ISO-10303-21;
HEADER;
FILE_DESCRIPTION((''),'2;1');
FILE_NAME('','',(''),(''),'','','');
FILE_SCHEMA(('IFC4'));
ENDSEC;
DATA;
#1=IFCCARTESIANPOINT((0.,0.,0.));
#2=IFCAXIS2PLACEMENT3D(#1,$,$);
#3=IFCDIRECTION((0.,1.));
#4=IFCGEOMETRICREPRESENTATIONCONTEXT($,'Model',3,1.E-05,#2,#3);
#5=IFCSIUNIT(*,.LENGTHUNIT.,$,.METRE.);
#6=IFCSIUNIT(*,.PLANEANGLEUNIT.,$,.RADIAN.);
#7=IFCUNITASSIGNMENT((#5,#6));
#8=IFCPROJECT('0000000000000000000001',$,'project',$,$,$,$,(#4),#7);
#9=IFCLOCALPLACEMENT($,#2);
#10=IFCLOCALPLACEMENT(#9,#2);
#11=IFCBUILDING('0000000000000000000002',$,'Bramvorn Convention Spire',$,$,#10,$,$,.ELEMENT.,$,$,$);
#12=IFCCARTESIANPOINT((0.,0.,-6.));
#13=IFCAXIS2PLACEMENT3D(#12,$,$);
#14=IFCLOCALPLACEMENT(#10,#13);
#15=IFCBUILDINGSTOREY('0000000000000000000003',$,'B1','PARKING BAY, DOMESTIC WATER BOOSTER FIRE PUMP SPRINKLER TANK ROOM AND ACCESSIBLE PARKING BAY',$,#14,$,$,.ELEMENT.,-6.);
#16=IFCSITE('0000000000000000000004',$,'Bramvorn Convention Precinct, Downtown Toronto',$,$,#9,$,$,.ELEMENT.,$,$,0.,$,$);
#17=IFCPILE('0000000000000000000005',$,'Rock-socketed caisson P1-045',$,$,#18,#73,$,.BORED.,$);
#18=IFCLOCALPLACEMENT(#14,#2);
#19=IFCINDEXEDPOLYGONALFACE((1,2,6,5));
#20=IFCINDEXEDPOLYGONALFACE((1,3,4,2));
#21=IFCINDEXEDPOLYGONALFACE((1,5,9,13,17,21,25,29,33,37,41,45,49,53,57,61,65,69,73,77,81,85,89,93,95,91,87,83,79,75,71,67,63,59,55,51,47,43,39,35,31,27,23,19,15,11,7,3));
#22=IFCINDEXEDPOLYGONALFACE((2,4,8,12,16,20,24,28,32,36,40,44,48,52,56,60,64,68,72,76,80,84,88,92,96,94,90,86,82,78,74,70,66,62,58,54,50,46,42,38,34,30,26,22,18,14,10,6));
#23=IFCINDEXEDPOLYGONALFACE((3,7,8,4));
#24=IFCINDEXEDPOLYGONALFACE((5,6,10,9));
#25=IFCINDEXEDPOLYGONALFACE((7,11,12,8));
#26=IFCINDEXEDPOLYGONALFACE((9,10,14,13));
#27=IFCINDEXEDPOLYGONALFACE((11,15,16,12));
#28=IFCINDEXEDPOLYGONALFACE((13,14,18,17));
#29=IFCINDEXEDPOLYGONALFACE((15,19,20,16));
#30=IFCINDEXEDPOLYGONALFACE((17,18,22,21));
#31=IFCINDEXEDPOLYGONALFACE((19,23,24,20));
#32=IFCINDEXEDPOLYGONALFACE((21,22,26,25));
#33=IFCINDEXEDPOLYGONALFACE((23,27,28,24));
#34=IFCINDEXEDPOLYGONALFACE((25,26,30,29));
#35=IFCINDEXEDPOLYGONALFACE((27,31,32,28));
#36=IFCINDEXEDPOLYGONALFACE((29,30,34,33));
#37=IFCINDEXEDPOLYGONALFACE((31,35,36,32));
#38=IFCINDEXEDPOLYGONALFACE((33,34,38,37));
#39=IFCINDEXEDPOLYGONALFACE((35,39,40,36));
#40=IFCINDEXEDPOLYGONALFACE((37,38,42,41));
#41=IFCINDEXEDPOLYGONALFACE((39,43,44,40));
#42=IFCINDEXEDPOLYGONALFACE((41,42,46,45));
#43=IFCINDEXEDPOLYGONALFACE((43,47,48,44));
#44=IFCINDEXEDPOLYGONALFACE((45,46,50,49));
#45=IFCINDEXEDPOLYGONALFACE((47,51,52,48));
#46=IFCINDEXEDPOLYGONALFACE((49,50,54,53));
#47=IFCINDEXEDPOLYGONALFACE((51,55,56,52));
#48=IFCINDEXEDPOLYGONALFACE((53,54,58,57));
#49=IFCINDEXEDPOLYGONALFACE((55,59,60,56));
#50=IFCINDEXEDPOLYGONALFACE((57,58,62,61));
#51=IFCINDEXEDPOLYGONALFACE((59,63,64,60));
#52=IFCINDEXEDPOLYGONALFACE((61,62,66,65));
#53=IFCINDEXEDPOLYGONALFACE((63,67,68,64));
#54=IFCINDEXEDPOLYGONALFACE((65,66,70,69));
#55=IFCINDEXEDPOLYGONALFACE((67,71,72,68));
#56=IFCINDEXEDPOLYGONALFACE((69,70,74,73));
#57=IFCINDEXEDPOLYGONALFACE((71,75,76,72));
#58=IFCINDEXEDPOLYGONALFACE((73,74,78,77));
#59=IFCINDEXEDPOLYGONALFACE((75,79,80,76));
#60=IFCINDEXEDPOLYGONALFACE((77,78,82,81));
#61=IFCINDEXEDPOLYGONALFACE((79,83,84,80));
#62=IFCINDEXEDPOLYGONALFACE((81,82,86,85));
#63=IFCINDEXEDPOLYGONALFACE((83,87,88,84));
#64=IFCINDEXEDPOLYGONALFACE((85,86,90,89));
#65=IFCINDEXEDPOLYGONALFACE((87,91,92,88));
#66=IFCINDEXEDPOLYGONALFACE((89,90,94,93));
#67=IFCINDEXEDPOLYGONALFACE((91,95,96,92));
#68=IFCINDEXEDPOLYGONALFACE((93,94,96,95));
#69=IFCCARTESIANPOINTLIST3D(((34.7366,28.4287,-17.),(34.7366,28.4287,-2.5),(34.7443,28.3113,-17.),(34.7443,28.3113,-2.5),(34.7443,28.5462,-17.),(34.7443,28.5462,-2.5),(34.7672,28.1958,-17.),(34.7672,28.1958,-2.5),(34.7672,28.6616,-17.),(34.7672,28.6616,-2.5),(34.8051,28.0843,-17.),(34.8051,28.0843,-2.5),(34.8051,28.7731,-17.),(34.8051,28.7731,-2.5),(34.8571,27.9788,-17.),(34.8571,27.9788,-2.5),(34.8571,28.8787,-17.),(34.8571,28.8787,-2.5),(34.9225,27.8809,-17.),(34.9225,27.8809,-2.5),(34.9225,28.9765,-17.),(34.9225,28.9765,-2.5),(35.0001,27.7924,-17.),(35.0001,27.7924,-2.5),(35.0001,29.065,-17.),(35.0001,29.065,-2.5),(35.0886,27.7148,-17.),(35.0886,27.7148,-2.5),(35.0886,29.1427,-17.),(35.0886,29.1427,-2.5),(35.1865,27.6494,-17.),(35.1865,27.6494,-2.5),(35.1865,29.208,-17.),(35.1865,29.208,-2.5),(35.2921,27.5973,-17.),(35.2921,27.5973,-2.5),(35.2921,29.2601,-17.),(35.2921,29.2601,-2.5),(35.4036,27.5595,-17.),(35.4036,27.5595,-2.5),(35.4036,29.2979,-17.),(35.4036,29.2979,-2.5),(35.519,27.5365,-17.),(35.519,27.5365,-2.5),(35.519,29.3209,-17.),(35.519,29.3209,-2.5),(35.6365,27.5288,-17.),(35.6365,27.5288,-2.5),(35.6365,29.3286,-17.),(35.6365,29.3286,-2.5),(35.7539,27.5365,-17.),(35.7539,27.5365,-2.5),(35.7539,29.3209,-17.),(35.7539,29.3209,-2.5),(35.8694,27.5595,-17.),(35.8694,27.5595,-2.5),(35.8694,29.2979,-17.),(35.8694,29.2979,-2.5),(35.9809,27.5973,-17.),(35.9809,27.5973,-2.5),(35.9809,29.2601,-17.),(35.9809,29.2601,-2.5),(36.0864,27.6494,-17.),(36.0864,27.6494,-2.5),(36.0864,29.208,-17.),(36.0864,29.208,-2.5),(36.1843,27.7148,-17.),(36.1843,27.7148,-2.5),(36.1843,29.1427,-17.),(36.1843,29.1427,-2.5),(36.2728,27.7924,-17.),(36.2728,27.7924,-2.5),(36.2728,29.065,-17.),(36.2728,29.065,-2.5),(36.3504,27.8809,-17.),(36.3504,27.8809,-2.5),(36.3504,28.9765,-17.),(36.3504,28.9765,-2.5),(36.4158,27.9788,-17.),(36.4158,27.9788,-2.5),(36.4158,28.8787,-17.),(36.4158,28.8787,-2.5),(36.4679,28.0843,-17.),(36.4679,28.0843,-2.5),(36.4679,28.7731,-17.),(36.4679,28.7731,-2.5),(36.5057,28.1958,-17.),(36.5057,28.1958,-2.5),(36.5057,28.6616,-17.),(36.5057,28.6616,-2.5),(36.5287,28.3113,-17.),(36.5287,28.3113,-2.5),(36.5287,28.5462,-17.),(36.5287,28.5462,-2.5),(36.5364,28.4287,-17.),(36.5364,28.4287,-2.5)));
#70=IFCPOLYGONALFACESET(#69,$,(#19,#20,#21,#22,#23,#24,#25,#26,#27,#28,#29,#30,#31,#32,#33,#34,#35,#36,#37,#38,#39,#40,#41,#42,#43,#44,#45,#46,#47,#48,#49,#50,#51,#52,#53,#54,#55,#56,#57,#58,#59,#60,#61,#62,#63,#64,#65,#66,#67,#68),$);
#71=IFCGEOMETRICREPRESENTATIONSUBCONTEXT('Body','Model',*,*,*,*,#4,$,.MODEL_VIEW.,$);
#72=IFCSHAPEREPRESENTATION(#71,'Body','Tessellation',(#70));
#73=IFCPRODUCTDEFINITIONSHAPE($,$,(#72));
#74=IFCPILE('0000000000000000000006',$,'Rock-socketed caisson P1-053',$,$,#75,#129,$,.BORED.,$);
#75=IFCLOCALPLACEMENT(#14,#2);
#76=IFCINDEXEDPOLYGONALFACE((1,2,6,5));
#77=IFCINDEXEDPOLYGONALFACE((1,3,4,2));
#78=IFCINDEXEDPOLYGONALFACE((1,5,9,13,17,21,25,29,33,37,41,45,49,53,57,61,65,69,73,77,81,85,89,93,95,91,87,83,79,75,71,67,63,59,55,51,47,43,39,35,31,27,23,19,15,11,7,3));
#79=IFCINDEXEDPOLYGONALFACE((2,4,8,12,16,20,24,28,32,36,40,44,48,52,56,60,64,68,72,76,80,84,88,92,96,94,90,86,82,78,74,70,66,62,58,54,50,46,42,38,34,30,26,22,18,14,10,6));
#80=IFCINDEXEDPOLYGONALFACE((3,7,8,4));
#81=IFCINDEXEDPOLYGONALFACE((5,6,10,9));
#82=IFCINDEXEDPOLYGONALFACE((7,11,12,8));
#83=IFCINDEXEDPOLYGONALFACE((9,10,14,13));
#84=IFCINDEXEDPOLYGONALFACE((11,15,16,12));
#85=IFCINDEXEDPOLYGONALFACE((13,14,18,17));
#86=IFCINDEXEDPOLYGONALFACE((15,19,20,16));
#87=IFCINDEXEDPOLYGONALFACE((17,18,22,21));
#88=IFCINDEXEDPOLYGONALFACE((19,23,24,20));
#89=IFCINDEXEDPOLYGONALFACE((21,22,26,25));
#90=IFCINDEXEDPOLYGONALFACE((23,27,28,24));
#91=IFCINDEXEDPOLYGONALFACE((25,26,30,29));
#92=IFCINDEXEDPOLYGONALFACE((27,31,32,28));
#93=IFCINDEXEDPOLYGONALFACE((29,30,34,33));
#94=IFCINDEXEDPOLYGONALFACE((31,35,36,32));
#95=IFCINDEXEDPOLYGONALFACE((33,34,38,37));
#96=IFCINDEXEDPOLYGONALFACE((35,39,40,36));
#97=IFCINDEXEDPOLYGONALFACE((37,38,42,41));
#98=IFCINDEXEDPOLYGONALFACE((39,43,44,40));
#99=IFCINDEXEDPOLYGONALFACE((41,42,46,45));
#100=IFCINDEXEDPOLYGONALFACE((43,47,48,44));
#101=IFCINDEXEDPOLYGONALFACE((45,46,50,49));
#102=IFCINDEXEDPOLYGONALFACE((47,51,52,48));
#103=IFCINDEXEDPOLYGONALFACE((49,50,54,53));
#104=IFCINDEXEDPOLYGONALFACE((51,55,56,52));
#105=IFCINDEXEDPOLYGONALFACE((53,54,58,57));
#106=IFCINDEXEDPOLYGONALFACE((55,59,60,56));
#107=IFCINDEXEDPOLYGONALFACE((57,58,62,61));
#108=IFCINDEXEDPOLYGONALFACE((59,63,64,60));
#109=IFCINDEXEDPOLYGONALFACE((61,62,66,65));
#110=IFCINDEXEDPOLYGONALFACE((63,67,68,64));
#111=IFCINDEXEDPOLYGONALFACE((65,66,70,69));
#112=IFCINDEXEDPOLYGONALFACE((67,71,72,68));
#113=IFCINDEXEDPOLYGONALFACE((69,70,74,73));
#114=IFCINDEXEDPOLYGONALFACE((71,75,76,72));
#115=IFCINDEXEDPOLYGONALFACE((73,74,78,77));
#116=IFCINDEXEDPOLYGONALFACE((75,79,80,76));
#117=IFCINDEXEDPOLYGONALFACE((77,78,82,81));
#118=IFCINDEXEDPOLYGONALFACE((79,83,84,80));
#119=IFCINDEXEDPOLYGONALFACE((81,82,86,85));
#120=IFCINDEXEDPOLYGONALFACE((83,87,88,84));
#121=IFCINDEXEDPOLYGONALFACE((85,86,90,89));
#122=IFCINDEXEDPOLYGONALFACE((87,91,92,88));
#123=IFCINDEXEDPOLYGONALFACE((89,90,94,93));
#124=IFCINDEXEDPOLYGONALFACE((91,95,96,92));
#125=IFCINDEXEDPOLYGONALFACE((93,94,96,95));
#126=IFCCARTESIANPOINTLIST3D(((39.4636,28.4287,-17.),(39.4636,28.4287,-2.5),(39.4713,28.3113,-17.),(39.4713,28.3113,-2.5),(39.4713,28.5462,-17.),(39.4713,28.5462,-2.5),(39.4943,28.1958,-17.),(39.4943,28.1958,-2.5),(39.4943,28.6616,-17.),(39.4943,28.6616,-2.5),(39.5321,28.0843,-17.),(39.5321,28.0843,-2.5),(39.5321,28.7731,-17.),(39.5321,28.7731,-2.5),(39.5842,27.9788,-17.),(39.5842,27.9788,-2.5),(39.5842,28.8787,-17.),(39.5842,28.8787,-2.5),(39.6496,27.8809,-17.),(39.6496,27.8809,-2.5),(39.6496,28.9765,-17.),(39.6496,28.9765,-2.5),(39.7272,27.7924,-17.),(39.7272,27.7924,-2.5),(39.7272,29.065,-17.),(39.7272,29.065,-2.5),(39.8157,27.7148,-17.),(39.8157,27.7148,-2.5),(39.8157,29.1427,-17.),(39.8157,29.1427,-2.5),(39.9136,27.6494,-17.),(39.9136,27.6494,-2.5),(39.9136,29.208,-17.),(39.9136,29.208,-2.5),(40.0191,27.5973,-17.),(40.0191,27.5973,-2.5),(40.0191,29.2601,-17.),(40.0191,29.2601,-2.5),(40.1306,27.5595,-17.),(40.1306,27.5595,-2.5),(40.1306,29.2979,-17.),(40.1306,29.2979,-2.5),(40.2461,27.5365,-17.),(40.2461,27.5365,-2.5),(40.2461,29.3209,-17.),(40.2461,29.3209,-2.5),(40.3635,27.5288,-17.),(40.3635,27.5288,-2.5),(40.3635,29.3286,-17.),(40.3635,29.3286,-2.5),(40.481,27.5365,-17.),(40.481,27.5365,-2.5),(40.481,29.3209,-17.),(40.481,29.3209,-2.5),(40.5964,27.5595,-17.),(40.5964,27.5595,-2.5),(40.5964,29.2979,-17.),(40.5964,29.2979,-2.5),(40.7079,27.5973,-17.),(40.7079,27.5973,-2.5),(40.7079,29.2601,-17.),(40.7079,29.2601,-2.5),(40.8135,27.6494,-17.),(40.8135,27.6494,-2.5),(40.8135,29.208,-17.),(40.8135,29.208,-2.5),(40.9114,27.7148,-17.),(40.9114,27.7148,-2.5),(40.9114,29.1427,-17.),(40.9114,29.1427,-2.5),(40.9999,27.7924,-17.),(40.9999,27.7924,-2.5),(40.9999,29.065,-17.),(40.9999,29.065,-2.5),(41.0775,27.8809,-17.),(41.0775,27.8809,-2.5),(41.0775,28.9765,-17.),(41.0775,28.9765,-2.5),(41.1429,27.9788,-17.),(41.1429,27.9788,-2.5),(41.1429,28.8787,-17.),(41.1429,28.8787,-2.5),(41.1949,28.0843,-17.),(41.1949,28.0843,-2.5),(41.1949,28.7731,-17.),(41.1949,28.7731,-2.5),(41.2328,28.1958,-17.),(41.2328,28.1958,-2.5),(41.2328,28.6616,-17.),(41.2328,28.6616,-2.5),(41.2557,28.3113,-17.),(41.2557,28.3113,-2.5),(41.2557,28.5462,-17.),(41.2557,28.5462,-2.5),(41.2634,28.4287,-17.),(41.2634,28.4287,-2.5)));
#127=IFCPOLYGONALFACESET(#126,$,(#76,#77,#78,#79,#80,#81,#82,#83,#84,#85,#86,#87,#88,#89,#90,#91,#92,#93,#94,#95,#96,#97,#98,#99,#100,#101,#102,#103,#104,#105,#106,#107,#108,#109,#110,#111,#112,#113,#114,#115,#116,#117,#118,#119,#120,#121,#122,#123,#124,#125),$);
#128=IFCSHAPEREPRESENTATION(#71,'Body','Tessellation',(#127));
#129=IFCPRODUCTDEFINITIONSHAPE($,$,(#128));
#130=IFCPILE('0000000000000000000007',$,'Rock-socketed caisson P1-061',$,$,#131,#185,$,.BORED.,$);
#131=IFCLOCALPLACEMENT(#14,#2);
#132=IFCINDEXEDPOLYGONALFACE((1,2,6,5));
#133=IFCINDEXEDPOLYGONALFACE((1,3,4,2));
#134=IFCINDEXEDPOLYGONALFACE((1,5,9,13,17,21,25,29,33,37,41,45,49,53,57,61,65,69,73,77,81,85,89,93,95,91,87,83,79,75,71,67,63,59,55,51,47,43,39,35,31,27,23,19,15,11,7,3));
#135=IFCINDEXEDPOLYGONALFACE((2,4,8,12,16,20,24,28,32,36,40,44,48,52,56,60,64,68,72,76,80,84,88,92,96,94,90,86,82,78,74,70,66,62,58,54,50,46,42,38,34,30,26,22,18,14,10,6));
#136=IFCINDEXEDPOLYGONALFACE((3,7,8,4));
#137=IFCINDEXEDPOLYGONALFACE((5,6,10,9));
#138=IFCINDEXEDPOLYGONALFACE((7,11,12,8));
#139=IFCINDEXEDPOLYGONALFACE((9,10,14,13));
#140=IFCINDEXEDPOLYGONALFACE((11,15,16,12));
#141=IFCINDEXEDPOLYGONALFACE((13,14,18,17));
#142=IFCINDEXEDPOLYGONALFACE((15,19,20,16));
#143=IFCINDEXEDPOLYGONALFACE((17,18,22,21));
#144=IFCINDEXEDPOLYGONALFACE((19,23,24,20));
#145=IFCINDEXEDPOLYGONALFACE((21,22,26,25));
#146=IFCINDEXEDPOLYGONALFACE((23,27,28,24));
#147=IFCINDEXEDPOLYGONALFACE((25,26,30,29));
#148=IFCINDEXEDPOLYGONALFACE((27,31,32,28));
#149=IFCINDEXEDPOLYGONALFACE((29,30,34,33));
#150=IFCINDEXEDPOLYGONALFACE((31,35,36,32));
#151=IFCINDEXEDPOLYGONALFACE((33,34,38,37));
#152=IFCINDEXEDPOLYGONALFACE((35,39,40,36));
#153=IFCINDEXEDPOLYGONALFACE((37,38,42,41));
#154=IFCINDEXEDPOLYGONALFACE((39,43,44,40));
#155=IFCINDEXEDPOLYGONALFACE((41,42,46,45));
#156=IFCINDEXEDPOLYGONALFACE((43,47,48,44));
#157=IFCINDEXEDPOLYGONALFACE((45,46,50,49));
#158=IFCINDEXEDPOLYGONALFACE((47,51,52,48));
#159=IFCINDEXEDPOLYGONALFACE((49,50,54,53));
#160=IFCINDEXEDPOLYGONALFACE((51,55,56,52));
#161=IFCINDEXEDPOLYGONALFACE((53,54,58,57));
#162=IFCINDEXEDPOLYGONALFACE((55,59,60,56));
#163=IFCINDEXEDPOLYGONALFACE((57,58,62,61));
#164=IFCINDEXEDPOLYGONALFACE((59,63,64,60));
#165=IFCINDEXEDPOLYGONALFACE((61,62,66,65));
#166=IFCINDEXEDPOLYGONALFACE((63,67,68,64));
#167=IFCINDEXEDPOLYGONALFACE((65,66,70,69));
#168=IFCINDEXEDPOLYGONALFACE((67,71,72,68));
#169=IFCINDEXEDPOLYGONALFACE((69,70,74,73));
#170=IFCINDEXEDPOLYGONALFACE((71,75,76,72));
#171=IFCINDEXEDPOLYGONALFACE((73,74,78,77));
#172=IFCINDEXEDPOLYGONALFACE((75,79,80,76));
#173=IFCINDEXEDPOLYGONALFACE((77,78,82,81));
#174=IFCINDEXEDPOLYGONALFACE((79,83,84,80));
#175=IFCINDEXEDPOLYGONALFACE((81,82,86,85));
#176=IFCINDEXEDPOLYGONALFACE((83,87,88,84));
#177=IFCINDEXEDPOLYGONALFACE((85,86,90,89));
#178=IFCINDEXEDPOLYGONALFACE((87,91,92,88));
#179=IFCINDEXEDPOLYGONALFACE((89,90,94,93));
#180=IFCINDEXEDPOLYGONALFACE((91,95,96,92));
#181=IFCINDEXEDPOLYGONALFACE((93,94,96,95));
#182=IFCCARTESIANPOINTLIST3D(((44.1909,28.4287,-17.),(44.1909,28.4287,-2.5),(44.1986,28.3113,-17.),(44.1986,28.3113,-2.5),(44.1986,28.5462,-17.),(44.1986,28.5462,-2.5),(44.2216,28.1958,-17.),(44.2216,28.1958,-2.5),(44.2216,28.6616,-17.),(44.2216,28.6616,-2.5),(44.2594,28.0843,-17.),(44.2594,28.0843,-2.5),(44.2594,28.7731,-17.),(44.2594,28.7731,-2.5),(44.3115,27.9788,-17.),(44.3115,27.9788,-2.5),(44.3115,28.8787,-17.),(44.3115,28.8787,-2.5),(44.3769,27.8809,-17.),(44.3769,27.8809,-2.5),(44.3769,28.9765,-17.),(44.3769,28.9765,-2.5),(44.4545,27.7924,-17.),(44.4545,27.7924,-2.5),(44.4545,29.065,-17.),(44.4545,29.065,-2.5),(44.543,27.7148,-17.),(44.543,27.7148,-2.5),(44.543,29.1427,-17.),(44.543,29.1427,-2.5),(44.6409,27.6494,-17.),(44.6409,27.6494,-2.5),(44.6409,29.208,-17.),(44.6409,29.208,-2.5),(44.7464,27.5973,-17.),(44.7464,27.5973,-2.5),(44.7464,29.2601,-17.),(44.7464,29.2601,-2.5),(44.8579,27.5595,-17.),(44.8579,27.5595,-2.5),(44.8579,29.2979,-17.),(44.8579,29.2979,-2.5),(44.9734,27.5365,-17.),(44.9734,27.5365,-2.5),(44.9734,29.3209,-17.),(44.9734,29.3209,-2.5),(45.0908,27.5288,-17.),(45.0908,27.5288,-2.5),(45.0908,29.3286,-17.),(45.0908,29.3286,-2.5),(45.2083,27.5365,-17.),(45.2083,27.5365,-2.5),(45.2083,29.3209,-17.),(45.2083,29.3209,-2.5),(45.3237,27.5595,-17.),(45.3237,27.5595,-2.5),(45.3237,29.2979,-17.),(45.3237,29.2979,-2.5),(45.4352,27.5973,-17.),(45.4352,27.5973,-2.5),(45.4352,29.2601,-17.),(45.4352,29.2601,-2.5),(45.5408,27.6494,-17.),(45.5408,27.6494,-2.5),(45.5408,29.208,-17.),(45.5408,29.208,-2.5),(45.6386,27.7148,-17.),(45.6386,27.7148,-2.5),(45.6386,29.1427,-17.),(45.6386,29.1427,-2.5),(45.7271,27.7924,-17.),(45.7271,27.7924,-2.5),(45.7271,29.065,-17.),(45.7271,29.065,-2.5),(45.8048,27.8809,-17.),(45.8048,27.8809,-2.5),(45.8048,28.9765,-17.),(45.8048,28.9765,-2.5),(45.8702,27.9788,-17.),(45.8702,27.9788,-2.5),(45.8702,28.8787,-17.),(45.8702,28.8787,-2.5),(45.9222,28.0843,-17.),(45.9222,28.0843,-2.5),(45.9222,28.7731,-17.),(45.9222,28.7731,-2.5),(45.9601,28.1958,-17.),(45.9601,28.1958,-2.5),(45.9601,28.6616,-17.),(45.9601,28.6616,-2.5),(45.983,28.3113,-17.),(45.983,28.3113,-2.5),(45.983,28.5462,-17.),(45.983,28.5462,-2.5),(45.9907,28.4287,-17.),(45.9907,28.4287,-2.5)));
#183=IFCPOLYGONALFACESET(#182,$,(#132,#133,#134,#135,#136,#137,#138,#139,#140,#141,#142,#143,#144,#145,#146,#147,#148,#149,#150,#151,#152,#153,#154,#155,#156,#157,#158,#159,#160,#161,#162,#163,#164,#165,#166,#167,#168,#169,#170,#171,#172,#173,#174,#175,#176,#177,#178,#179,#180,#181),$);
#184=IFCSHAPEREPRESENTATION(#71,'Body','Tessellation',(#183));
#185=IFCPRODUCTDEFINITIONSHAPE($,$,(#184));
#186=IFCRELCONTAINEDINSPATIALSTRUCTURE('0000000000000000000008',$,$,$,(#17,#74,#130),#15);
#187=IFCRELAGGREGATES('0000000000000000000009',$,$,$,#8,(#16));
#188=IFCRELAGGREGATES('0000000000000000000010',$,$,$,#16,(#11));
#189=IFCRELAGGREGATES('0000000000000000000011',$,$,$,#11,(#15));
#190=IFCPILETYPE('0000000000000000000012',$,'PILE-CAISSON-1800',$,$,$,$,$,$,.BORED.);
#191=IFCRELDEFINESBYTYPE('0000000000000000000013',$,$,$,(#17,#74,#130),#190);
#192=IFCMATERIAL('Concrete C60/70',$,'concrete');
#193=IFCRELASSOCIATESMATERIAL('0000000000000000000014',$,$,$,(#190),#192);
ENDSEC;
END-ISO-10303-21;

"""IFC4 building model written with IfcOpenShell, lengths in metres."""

from ifc_helpers import new_model, si_unit, direction, frame, origin, origin_2d, place, context, subcontext, project, spatial, circle, extrude, material, material_profile, profile_set, type_object, element, save


model = new_model("IFC4")

# Units and contexts
model_context = context("Model", 3, precision=1e-05, world=origin(), true_north=direction((0.0, 1.0)))
body_context = subcontext(model_context, "Body", "Model", "MODEL_VIEW")
ifc_project = project(units=[si_unit("LENGTHUNIT", "METRE"), si_unit("PLANEANGLEUNIT", "RADIAN")], contexts=[model_context])

# Site, building, storey
site_placement = place(None, origin())
site = spatial("IfcSite", under=ifc_project, at=site_placement, Name="Bramvorn Convention Precinct, Downtown Toronto", CompositionType="ELEMENT", RefElevation=0.0)
building_placement = place(site_placement, origin())
building = spatial("IfcBuilding", under=site, at=building_placement, Name="Bramvorn Convention Spire", CompositionType="ELEMENT")
storey_placement = place(building_placement, frame((0.0, 0.0, -6.0)))
storey = spatial("IfcBuildingStorey", under=building, at=storey_placement, Name="B1", Description="PARKING BAY, DOMESTIC WATER BOOSTER FIRE PUMP SPRINKLER TANK ROOM AND ACCESSIBLE PARKING BAY", CompositionType="ELEMENT", Elevation=-6.0)

# Piles
ifc_material_1 = material(Name="Concrete C60/70", Category="concrete")
ifc_material_profile = material_profile(ifc_material_1, circle(Radius=0.8999, at=origin_2d()))
ifc_profile_set = profile_set([ifc_material_profile], Name="Concrete C60/70 - CAISSON1800")
pile_type = type_object("IfcPileType", Name="PILE-CAISSON-1800", PredefinedType="BORED", material=ifc_profile_set)
for number, where, z_axis, x_axis, name in (
    (1, (35.6365, 28.4287, -2.5), (0.0, 0.0, -1.0), (1.0, 0.0, 0.0), "Rock-socketed caisson P1-045"),
    (2, (40.3635, 28.4287, -2.5), (0.0, 0.0, -1.0), (1.0, 0.0, 0.0), "Rock-socketed caisson P1-053"),
    (3, (45.0908, 28.4287, -2.5), (0.0, 0.0, -1.0), (1.0, 0.0, 0.0), "Rock-socketed caisson P1-061"),
):
    element("IfcPile", number, at=place(storey_placement, frame(where, z_axis=z_axis, x_axis=x_axis)), inside=storey, type_object=pile_type, Name=name, PredefinedType="BORED", context=body_context, shape_type="SweptSolid", body=[
        extrude(circle(Radius=0.8999, at=origin_2d()), origin(), (0.0, 0.0, 1.0), 14.5),
    ])

save(model, "model.ifc")
